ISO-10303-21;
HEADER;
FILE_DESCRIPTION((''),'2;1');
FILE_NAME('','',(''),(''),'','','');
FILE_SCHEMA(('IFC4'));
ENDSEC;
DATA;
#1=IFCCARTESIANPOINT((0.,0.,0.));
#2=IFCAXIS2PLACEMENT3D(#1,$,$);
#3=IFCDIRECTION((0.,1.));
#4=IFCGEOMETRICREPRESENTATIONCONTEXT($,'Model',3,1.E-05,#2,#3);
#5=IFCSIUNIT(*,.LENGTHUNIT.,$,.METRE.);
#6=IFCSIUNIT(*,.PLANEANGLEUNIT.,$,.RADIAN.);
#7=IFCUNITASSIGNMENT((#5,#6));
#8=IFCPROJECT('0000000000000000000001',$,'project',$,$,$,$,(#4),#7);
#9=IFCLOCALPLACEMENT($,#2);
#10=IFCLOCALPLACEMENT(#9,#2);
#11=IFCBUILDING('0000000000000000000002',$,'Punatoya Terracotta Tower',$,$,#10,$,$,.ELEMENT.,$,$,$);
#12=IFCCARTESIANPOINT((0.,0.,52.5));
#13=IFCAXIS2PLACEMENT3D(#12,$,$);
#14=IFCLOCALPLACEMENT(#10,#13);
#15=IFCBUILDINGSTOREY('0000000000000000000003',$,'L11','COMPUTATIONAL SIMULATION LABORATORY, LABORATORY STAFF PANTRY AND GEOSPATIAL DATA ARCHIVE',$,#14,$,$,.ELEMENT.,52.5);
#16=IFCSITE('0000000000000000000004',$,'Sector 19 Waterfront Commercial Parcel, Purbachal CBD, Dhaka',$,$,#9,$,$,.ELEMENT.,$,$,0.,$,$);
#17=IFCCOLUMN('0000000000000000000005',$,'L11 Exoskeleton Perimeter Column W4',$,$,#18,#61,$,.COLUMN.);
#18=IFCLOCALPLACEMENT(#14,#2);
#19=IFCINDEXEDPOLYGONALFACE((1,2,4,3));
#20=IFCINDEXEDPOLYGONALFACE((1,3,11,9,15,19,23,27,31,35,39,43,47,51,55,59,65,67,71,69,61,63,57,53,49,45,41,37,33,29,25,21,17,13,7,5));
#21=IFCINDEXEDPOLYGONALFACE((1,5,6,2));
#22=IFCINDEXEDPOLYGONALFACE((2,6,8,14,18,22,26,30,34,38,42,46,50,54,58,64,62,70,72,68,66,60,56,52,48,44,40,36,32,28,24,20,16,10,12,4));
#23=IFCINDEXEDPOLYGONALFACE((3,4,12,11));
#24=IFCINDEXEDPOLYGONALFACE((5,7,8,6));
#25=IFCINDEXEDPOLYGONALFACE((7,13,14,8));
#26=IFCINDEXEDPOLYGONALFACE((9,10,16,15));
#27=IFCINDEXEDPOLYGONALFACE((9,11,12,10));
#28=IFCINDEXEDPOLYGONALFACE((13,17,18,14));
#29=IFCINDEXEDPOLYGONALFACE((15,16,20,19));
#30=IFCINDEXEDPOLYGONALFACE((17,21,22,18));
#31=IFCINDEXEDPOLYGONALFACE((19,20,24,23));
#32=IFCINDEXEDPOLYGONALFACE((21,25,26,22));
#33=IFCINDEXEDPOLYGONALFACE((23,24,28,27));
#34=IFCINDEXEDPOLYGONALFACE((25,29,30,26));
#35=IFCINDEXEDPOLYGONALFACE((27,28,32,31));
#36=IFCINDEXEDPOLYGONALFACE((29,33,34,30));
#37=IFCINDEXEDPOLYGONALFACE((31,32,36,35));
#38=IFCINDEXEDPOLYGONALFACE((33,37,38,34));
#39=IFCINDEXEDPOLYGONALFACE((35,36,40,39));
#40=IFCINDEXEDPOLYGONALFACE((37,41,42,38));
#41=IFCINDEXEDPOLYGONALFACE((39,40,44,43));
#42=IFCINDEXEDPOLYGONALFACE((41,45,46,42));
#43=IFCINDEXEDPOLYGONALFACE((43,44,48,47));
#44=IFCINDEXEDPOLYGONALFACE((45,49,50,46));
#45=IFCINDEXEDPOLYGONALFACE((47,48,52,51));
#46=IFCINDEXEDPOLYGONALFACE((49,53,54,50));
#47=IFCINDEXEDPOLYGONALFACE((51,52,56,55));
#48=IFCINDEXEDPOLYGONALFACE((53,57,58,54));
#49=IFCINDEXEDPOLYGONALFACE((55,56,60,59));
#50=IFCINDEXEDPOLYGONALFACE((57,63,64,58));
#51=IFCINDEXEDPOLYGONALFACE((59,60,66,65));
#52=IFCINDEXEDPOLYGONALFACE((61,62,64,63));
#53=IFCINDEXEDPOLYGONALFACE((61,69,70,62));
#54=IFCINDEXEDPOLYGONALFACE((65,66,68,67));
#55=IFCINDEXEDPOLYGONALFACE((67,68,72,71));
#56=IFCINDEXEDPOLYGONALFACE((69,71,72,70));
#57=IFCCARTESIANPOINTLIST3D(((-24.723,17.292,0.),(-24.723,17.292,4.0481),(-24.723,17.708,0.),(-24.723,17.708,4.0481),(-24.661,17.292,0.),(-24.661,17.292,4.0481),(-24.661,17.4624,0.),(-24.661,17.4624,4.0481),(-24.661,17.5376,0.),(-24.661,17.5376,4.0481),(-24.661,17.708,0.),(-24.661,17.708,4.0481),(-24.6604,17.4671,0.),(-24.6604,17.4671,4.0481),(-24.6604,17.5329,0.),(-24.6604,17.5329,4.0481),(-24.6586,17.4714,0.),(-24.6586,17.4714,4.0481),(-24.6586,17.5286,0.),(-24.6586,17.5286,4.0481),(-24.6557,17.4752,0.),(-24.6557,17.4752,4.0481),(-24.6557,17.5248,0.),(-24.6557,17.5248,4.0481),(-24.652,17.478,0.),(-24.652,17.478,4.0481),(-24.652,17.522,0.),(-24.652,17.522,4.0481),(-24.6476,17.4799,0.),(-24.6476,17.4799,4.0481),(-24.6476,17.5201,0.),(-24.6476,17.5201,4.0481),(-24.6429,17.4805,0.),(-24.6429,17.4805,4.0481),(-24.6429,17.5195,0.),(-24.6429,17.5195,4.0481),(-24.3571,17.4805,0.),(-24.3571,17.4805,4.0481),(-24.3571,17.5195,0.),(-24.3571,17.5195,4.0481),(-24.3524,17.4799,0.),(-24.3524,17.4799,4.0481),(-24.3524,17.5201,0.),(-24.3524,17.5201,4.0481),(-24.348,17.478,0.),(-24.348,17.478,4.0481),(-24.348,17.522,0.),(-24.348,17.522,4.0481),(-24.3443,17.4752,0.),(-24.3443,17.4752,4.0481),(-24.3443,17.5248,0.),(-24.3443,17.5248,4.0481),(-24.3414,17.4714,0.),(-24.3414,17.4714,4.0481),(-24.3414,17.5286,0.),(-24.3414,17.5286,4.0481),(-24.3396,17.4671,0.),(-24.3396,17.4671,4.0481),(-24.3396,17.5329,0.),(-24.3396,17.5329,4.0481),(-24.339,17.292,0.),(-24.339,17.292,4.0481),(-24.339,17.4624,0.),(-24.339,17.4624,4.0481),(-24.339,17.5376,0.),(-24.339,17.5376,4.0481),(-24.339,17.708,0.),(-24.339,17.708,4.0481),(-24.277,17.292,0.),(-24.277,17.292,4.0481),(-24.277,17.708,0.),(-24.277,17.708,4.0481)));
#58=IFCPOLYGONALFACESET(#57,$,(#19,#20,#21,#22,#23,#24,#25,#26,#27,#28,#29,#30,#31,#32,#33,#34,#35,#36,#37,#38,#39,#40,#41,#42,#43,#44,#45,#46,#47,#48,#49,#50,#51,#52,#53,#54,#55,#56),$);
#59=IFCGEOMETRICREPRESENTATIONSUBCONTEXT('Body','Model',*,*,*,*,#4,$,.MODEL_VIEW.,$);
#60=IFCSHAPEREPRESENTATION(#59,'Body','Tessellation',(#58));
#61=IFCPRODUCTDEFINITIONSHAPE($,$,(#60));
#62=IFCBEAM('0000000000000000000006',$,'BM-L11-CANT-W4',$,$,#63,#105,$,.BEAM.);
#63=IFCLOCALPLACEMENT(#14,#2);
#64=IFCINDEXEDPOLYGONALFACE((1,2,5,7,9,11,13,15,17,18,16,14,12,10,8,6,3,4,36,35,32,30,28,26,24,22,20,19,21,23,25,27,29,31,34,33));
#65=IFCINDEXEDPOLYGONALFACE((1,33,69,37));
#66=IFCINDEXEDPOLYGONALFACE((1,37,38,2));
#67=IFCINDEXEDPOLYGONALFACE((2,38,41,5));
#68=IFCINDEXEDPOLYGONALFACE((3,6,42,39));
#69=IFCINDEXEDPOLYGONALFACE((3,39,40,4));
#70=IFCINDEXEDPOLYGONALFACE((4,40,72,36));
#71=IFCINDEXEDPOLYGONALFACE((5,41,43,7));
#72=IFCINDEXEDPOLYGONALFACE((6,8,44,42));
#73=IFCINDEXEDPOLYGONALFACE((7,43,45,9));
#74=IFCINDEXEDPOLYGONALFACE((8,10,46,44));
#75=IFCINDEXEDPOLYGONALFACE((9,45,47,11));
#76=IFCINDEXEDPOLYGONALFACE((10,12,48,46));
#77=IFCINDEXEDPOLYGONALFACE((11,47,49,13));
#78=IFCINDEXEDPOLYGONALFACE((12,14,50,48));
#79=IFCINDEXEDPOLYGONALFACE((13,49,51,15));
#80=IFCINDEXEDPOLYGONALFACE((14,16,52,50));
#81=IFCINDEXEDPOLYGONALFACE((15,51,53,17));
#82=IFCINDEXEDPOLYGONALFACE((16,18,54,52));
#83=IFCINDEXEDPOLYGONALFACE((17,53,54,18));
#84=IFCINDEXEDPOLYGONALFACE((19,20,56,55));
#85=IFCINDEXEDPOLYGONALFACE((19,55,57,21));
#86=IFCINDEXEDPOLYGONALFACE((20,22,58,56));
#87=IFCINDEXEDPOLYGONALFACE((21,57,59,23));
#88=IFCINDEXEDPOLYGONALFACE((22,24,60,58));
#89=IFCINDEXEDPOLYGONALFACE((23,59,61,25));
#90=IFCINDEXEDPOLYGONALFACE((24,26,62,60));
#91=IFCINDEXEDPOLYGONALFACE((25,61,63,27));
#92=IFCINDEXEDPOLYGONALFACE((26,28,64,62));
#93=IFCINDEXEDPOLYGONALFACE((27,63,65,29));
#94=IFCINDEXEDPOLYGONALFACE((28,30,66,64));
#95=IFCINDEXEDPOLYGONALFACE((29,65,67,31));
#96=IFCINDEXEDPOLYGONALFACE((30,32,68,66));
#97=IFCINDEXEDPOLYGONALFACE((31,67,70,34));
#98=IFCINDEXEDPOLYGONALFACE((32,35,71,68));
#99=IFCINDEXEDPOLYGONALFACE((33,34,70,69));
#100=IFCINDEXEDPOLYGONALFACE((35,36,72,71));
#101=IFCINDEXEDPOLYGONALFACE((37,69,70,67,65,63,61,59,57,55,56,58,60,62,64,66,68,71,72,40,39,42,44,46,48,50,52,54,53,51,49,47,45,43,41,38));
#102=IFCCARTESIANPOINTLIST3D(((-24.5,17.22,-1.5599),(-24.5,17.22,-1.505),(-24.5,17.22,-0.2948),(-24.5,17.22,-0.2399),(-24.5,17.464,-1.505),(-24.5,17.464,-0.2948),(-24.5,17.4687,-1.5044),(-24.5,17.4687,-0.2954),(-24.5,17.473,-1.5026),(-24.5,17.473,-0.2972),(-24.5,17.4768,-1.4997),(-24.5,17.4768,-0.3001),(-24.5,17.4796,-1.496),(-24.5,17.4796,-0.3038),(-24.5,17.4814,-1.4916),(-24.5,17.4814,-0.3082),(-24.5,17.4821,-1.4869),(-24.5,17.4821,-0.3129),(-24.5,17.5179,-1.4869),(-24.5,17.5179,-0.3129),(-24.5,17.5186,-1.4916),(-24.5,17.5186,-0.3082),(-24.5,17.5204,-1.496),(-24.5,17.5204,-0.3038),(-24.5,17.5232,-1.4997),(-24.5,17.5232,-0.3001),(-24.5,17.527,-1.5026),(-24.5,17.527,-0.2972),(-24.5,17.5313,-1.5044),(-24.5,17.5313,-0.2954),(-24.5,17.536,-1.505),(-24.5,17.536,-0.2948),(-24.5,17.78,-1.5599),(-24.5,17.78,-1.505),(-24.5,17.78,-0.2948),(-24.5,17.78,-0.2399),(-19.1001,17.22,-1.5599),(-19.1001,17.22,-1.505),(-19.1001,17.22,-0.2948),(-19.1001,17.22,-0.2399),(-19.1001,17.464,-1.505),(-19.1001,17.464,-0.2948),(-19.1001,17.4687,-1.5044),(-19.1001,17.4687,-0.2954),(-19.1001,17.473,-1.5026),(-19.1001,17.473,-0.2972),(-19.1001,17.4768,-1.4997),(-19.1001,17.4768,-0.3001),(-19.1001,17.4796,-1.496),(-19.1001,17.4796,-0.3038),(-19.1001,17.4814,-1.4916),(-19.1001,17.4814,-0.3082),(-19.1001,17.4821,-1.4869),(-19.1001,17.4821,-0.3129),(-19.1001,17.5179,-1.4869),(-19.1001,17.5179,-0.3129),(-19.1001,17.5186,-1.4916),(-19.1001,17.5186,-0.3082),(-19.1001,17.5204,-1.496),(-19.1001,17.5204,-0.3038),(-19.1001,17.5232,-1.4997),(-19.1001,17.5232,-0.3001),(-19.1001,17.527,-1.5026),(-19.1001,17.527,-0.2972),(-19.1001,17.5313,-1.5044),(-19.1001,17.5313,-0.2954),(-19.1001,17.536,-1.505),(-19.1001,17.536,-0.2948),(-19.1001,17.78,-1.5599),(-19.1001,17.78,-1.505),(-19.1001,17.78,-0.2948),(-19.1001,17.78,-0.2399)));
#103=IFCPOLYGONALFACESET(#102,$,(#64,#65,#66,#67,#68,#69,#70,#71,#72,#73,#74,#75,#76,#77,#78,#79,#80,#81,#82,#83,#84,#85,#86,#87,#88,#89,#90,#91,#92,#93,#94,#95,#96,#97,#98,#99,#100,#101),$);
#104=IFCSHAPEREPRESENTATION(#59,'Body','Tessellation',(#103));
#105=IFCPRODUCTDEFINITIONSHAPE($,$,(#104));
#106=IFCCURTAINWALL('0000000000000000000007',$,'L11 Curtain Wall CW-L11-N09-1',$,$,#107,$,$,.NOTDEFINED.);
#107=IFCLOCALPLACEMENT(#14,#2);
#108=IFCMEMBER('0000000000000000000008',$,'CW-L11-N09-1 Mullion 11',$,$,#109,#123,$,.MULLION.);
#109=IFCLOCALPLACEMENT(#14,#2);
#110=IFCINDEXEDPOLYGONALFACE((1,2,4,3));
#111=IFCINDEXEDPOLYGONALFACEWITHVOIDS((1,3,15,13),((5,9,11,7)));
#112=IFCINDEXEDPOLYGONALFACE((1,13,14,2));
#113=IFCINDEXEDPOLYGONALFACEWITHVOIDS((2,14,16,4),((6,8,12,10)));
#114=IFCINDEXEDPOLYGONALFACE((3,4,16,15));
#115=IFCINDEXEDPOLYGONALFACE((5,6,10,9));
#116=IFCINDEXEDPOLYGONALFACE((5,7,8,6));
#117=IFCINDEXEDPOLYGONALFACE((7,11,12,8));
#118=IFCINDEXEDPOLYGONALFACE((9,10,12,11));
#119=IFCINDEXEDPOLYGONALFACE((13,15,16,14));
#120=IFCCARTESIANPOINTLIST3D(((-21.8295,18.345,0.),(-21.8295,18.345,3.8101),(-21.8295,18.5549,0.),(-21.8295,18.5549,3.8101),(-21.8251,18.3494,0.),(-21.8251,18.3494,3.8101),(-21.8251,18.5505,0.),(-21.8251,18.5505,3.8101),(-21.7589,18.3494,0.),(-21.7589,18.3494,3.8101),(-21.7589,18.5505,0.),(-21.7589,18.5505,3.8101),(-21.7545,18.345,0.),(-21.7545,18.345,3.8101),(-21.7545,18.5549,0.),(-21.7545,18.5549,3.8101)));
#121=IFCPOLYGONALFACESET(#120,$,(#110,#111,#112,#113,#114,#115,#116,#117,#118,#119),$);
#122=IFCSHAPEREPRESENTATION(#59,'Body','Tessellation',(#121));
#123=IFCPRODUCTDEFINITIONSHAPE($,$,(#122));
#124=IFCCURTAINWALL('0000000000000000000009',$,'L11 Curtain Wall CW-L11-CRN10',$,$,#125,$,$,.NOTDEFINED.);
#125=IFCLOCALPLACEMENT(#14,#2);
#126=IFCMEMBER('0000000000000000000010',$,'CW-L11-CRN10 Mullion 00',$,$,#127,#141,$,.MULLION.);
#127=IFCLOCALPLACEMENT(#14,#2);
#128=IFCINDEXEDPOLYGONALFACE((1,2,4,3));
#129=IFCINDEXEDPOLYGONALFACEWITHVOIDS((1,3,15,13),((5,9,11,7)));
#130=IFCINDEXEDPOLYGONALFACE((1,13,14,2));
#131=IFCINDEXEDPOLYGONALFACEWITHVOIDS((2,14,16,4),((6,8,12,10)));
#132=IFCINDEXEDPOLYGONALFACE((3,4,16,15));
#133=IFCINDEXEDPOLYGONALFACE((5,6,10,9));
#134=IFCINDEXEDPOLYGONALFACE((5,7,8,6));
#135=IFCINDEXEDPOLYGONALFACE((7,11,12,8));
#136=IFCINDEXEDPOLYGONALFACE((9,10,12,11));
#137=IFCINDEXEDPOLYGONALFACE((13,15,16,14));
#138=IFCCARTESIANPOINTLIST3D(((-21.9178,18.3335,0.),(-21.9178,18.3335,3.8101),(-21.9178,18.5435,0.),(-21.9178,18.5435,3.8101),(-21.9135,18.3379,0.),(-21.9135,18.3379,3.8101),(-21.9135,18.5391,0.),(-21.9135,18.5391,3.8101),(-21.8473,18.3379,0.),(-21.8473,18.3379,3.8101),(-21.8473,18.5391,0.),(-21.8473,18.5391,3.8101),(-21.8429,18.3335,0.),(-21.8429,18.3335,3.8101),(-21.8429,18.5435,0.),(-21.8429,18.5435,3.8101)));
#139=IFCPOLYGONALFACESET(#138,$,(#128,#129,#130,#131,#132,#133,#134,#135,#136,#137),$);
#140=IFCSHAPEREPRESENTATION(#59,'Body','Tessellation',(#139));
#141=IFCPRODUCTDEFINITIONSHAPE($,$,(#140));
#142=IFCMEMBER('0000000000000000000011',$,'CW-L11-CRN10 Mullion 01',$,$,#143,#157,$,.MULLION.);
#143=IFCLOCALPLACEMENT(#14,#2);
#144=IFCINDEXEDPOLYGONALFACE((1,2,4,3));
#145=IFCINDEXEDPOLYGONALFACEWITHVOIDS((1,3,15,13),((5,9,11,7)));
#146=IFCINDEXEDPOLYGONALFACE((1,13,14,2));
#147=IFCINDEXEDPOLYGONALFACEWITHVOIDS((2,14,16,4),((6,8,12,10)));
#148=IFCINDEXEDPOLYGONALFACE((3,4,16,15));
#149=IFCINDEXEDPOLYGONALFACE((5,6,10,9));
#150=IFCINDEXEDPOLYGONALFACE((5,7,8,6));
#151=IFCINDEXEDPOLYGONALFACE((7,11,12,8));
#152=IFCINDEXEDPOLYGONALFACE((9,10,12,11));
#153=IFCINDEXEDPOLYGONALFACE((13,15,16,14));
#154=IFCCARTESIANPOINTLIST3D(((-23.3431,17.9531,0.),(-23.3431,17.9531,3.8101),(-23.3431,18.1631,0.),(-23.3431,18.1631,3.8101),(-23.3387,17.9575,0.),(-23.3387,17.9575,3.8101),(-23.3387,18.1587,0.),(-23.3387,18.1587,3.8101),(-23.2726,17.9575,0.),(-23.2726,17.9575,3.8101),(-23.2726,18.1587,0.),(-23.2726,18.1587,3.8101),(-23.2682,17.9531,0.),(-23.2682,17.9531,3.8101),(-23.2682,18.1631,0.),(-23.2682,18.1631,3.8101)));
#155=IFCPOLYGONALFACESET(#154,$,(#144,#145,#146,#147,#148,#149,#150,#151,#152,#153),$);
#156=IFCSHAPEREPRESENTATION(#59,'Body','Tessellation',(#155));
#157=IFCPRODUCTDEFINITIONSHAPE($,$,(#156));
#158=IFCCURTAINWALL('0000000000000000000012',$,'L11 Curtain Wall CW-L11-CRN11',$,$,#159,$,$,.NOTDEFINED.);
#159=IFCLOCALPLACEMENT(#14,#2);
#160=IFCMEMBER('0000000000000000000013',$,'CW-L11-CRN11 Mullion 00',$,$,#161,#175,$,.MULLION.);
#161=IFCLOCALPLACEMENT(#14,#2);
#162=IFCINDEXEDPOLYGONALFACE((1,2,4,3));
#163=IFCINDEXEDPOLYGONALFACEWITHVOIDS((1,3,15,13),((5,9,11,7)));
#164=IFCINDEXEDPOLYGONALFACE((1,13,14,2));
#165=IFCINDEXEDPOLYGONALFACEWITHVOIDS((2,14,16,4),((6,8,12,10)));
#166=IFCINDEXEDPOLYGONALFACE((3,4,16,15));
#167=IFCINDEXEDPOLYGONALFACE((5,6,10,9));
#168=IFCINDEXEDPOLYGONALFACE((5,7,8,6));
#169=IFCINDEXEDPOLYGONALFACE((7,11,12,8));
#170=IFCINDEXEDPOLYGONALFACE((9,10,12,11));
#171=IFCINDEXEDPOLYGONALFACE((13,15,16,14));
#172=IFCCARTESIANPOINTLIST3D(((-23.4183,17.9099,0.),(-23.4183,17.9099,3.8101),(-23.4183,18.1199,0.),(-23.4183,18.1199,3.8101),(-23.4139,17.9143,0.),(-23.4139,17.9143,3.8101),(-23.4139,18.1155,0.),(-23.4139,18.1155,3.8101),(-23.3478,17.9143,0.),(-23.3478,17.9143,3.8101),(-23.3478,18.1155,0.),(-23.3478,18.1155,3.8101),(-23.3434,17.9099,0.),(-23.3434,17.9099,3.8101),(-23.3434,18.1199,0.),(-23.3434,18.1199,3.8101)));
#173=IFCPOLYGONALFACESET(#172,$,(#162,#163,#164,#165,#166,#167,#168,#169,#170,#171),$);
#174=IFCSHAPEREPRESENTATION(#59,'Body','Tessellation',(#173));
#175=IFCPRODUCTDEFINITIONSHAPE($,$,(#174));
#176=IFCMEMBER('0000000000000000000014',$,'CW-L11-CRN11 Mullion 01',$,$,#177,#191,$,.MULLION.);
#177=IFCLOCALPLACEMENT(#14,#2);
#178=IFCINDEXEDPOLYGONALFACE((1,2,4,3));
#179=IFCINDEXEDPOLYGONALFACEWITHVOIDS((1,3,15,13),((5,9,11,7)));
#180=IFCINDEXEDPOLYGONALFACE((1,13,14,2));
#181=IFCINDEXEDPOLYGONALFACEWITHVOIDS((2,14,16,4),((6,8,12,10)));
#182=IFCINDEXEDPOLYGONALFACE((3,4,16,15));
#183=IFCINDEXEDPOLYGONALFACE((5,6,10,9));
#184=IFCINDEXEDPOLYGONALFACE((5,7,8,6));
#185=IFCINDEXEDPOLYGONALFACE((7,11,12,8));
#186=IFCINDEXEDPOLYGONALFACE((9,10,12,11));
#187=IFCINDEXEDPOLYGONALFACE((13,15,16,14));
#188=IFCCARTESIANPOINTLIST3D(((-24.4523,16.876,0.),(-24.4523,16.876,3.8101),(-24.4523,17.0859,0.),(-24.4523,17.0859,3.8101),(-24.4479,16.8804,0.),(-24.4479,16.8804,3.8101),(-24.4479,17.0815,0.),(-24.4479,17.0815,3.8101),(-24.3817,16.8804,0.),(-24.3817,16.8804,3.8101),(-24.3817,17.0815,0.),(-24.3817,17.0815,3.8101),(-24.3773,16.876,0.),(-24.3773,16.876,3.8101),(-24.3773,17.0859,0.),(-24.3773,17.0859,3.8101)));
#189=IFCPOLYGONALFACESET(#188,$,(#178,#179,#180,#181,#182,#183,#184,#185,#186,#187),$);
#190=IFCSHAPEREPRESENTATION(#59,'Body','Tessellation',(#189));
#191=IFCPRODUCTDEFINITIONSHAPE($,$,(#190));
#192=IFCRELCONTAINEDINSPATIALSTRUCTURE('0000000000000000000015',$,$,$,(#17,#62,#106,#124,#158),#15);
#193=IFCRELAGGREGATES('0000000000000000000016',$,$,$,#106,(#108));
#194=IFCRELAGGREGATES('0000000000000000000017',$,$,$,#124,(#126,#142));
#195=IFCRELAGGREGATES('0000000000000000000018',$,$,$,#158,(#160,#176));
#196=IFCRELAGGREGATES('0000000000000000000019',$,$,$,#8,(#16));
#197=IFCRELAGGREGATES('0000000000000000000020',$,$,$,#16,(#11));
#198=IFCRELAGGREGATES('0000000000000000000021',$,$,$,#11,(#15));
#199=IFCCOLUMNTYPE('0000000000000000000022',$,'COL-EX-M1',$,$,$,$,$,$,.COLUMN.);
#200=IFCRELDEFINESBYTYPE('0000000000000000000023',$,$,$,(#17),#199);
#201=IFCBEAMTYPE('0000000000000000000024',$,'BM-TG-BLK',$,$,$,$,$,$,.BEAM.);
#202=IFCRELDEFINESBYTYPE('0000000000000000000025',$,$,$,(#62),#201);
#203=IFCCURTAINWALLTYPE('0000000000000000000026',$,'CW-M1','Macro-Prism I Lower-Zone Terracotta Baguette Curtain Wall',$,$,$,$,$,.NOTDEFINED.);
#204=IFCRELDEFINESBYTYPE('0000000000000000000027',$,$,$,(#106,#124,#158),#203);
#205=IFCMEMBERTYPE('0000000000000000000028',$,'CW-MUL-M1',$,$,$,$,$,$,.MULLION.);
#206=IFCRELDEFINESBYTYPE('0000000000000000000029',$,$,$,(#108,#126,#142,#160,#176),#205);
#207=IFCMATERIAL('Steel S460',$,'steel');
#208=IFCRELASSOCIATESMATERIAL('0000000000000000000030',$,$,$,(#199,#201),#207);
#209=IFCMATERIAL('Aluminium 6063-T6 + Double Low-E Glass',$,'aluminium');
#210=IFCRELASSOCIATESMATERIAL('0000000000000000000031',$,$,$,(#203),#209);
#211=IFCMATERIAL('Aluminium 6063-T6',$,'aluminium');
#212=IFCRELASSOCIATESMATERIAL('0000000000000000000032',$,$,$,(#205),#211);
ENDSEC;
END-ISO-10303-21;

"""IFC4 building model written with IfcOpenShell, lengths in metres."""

from ifc_helpers import new_model, si_unit, direction, frame, origin, origin_2d, place, context, subcontext, project, spatial, hollow_rectangle, i_section, extrude, material, material_profile, profile_set, type_object, element, aggregate, save


model = new_model("IFC4")

# Units and contexts
model_context = context("Model", 3, precision=1e-05, world=origin(), true_north=direction((0.0, 1.0)))
body_context = subcontext(model_context, "Body", "Model", "MODEL_VIEW")
ifc_project = project(units=[si_unit("LENGTHUNIT", "METRE"), si_unit("PLANEANGLEUNIT", "RADIAN")], contexts=[model_context])

# Site, building, storey
site_placement = place(None, origin())
site = spatial("IfcSite", under=ifc_project, at=site_placement, Name="Sector 19 Waterfront Commercial Parcel, Purbachal CBD, Dhaka", CompositionType="ELEMENT", RefElevation=0.0)
building_placement = place(site_placement, origin())
building = spatial("IfcBuilding", under=site, at=building_placement, Name="Punatoya Terracotta Tower", CompositionType="ELEMENT")
storey_placement = place(building_placement, frame((0.0, 0.0, 52.5)))
storey = spatial("IfcBuildingStorey", under=building, at=storey_placement, Name="L11", Description="COMPUTATIONAL SIMULATION LABORATORY, LABORATORY STAFF PANTRY AND GEOSPATIAL DATA ARCHIVE", CompositionType="ELEMENT", Elevation=52.5)

# Column
ifc_material_1 = material(Name="Steel S460", Category="steel")
ifc_material_profile_1 = material_profile(ifc_material_1, i_section(OverallWidth=0.416, OverallDepth=0.446, WebThickness=0.0391, FlangeThickness=0.062, FilletRadius=0.0181, at=origin_2d()))
ifc_profile_set_1 = profile_set([ifc_material_profile_1], Name="Steel S460")
column_type = type_object("IfcColumnType", Name="COL-EX-M1", PredefinedType="COLUMN", material=ifc_profile_set_1)
column_placement = place(storey_placement, frame((-24.5, 17.5, 0.0), z_axis=(0.0, 0.0, 1.0), x_axis=(0.0, 1.0, 0.0)))
element("IfcColumn", 1, at=column_placement, inside=storey, type_object=column_type, Name="L11 Exoskeleton Perimeter Column W4", PredefinedType="COLUMN", context=body_context, shape_type="SweptSolid", body=[
    extrude(i_section(OverallWidth=0.416, OverallDepth=0.446, WebThickness=0.0391, FlangeThickness=0.062, FilletRadius=0.0181, at=origin_2d()), origin(), (0.0, 0.0, 1.0), 4.0481),
])

# Beam
ifc_material_profile_2 = material_profile(ifc_material_1, i_section(OverallWidth=0.5601, OverallDepth=1.3201, WebThickness=0.0359, FlangeThickness=0.0549, FilletRadius=0.0181, at=origin_2d()))
ifc_profile_set_2 = profile_set([ifc_material_profile_2], Name="Steel S460")
beam_type = type_object("IfcBeamType", Name="BM-TG-BLK", PredefinedType="BEAM", material=ifc_profile_set_2)
beam_placement = place(storey_placement, frame((-24.5, 17.5, -0.8999), z_axis=(1.0, 0.0, 0.0), x_axis=(0.0, 1.0, 0.0)))
element("IfcBeam", 2, at=beam_placement, inside=storey, type_object=beam_type, Name="BM-L11-CANT-W4", PredefinedType="BEAM", context=body_context, shape_type="SweptSolid", body=[
    extrude(i_section(OverallWidth=0.5601, OverallDepth=1.3201, WebThickness=0.0359, FlangeThickness=0.0549, FilletRadius=0.0181, at=origin_2d()), origin(), (0.0, 0.0, 1.0), 5.3999),
])

# Curtain wall, member
ifc_material_2 = material(Name="Aluminium 6063-T6 + Double Low-E Glass", Category="aluminium")
curtain_wall_type = type_object("IfcCurtainWallType", Name="CW-M1", Description="Macro-Prism I Lower-Zone Terracotta Baguette Curtain Wall", PredefinedType="NOTDEFINED", material=ifc_material_2)
curtain_wall_1_placement = place(storey_placement, origin())
curtain_wall_1 = element("IfcCurtainWall", 3, at=curtain_wall_1_placement, inside=storey, type_object=curtain_wall_type, Name="L11 Curtain Wall CW-L11-N09-1", PredefinedType="NOTDEFINED")
ifc_material_3 = material(Name="Aluminium 6063-T6", Category="aluminium")
ifc_material_profile_3 = material_profile(ifc_material_3, hollow_rectangle(XDim=0.075, YDim=0.21, WallThickness=0.0044, at=origin_2d()))
ifc_profile_set_3 = profile_set([ifc_material_profile_3], Name="Aluminium 6063-T6")
member_type_1 = type_object("IfcMemberType", Name="CW-MUL-M1", PredefinedType="MULLION", material=ifc_profile_set_3)
member_1_placement = place(storey_placement, frame((-21.792, 18.45, 0.0), z_axis=(0.0, 0.0, 1.0), x_axis=(1.0, 0.0, 0.0)))
member_1 = element("IfcMember", 4, at=member_1_placement, type_object=member_type_1, Name="CW-L11-N09-1 Mullion 11", PredefinedType="MULLION", context=body_context, shape_type="SweptSolid", body=[
    extrude(hollow_rectangle(XDim=0.075, YDim=0.21, WallThickness=0.0044, at=origin_2d()), origin(), (0.0, 0.0, 1.0), 3.8101),
])

# Curtain walls, members
curtain_wall_2_placement = place(storey_placement, origin())
curtain_wall_2 = element("IfcCurtainWall", 5, at=curtain_wall_2_placement, inside=storey, type_object=curtain_wall_type, Name="L11 Curtain Wall CW-L11-CRN10", PredefinedType="NOTDEFINED")
member_2_placement = place(storey_placement, frame((-21.8804, 18.4385, 0.0), z_axis=(0.0, 0.0, 1.0), x_axis=(1.0, 0.0, 0.0)))
member_2 = element("IfcMember", 6, at=member_2_placement, type_object=member_type_1, Name="CW-L11-CRN10 Mullion 00", PredefinedType="MULLION", context=body_context, shape_type="SweptSolid", body=[
    extrude(hollow_rectangle(XDim=0.075, YDim=0.21, WallThickness=0.0044, at=origin_2d()), origin(), (0.0, 0.0, 1.0), 3.8101),
])
member_3_placement = place(storey_placement, frame((-23.3057, 18.0581, 0.0), z_axis=(0.0, 0.0, 1.0), x_axis=(1.0, 0.0, 0.0)))
member_3 = element("IfcMember", 7, at=member_3_placement, type_object=member_type_1, Name="CW-L11-CRN10 Mullion 01", PredefinedType="MULLION", context=body_context, shape_type="SweptSolid", body=[
    extrude(hollow_rectangle(XDim=0.075, YDim=0.21, WallThickness=0.0044, at=origin_2d()), origin(), (0.0, 0.0, 1.0), 3.8101),
])
curtain_wall_3_placement = place(storey_placement, origin())
curtain_wall_3 = element("IfcCurtainWall", 8, at=curtain_wall_3_placement, inside=storey, type_object=curtain_wall_type, Name="L11 Curtain Wall CW-L11-CRN11", PredefinedType="NOTDEFINED")
member_4_placement = place(storey_placement, frame((-23.3809, 18.0149, 0.0), z_axis=(0.0, 0.0, 1.0), x_axis=(1.0, 0.0, 0.0)))
member_4 = element("IfcMember", 9, at=member_4_placement, type_object=member_type_1, Name="CW-L11-CRN11 Mullion 00", PredefinedType="MULLION", context=body_context, shape_type="SweptSolid", body=[
    extrude(hollow_rectangle(XDim=0.075, YDim=0.21, WallThickness=0.0044, at=origin_2d()), origin(), (0.0, 0.0, 1.0), 3.8101),
])
member_5_placement = place(storey_placement, frame((-24.4148, 16.981, 0.0), z_axis=(0.0, 0.0, 1.0), x_axis=(1.0, 0.0, 0.0)))
member_5 = element("IfcMember", 10, at=member_5_placement, type_object=member_type_1, Name="CW-L11-CRN11 Mullion 01", PredefinedType="MULLION", context=body_context, shape_type="SweptSolid", body=[
    extrude(hollow_rectangle(XDim=0.075, YDim=0.21, WallThickness=0.0044, at=origin_2d()), origin(), (0.0, 0.0, 1.0), 3.8101),
])

aggregate(curtain_wall_1, [member_1])
aggregate(curtain_wall_2, [member_2, member_3])
aggregate(curtain_wall_3, [member_4, member_5])

save(model, "model.ifc")
